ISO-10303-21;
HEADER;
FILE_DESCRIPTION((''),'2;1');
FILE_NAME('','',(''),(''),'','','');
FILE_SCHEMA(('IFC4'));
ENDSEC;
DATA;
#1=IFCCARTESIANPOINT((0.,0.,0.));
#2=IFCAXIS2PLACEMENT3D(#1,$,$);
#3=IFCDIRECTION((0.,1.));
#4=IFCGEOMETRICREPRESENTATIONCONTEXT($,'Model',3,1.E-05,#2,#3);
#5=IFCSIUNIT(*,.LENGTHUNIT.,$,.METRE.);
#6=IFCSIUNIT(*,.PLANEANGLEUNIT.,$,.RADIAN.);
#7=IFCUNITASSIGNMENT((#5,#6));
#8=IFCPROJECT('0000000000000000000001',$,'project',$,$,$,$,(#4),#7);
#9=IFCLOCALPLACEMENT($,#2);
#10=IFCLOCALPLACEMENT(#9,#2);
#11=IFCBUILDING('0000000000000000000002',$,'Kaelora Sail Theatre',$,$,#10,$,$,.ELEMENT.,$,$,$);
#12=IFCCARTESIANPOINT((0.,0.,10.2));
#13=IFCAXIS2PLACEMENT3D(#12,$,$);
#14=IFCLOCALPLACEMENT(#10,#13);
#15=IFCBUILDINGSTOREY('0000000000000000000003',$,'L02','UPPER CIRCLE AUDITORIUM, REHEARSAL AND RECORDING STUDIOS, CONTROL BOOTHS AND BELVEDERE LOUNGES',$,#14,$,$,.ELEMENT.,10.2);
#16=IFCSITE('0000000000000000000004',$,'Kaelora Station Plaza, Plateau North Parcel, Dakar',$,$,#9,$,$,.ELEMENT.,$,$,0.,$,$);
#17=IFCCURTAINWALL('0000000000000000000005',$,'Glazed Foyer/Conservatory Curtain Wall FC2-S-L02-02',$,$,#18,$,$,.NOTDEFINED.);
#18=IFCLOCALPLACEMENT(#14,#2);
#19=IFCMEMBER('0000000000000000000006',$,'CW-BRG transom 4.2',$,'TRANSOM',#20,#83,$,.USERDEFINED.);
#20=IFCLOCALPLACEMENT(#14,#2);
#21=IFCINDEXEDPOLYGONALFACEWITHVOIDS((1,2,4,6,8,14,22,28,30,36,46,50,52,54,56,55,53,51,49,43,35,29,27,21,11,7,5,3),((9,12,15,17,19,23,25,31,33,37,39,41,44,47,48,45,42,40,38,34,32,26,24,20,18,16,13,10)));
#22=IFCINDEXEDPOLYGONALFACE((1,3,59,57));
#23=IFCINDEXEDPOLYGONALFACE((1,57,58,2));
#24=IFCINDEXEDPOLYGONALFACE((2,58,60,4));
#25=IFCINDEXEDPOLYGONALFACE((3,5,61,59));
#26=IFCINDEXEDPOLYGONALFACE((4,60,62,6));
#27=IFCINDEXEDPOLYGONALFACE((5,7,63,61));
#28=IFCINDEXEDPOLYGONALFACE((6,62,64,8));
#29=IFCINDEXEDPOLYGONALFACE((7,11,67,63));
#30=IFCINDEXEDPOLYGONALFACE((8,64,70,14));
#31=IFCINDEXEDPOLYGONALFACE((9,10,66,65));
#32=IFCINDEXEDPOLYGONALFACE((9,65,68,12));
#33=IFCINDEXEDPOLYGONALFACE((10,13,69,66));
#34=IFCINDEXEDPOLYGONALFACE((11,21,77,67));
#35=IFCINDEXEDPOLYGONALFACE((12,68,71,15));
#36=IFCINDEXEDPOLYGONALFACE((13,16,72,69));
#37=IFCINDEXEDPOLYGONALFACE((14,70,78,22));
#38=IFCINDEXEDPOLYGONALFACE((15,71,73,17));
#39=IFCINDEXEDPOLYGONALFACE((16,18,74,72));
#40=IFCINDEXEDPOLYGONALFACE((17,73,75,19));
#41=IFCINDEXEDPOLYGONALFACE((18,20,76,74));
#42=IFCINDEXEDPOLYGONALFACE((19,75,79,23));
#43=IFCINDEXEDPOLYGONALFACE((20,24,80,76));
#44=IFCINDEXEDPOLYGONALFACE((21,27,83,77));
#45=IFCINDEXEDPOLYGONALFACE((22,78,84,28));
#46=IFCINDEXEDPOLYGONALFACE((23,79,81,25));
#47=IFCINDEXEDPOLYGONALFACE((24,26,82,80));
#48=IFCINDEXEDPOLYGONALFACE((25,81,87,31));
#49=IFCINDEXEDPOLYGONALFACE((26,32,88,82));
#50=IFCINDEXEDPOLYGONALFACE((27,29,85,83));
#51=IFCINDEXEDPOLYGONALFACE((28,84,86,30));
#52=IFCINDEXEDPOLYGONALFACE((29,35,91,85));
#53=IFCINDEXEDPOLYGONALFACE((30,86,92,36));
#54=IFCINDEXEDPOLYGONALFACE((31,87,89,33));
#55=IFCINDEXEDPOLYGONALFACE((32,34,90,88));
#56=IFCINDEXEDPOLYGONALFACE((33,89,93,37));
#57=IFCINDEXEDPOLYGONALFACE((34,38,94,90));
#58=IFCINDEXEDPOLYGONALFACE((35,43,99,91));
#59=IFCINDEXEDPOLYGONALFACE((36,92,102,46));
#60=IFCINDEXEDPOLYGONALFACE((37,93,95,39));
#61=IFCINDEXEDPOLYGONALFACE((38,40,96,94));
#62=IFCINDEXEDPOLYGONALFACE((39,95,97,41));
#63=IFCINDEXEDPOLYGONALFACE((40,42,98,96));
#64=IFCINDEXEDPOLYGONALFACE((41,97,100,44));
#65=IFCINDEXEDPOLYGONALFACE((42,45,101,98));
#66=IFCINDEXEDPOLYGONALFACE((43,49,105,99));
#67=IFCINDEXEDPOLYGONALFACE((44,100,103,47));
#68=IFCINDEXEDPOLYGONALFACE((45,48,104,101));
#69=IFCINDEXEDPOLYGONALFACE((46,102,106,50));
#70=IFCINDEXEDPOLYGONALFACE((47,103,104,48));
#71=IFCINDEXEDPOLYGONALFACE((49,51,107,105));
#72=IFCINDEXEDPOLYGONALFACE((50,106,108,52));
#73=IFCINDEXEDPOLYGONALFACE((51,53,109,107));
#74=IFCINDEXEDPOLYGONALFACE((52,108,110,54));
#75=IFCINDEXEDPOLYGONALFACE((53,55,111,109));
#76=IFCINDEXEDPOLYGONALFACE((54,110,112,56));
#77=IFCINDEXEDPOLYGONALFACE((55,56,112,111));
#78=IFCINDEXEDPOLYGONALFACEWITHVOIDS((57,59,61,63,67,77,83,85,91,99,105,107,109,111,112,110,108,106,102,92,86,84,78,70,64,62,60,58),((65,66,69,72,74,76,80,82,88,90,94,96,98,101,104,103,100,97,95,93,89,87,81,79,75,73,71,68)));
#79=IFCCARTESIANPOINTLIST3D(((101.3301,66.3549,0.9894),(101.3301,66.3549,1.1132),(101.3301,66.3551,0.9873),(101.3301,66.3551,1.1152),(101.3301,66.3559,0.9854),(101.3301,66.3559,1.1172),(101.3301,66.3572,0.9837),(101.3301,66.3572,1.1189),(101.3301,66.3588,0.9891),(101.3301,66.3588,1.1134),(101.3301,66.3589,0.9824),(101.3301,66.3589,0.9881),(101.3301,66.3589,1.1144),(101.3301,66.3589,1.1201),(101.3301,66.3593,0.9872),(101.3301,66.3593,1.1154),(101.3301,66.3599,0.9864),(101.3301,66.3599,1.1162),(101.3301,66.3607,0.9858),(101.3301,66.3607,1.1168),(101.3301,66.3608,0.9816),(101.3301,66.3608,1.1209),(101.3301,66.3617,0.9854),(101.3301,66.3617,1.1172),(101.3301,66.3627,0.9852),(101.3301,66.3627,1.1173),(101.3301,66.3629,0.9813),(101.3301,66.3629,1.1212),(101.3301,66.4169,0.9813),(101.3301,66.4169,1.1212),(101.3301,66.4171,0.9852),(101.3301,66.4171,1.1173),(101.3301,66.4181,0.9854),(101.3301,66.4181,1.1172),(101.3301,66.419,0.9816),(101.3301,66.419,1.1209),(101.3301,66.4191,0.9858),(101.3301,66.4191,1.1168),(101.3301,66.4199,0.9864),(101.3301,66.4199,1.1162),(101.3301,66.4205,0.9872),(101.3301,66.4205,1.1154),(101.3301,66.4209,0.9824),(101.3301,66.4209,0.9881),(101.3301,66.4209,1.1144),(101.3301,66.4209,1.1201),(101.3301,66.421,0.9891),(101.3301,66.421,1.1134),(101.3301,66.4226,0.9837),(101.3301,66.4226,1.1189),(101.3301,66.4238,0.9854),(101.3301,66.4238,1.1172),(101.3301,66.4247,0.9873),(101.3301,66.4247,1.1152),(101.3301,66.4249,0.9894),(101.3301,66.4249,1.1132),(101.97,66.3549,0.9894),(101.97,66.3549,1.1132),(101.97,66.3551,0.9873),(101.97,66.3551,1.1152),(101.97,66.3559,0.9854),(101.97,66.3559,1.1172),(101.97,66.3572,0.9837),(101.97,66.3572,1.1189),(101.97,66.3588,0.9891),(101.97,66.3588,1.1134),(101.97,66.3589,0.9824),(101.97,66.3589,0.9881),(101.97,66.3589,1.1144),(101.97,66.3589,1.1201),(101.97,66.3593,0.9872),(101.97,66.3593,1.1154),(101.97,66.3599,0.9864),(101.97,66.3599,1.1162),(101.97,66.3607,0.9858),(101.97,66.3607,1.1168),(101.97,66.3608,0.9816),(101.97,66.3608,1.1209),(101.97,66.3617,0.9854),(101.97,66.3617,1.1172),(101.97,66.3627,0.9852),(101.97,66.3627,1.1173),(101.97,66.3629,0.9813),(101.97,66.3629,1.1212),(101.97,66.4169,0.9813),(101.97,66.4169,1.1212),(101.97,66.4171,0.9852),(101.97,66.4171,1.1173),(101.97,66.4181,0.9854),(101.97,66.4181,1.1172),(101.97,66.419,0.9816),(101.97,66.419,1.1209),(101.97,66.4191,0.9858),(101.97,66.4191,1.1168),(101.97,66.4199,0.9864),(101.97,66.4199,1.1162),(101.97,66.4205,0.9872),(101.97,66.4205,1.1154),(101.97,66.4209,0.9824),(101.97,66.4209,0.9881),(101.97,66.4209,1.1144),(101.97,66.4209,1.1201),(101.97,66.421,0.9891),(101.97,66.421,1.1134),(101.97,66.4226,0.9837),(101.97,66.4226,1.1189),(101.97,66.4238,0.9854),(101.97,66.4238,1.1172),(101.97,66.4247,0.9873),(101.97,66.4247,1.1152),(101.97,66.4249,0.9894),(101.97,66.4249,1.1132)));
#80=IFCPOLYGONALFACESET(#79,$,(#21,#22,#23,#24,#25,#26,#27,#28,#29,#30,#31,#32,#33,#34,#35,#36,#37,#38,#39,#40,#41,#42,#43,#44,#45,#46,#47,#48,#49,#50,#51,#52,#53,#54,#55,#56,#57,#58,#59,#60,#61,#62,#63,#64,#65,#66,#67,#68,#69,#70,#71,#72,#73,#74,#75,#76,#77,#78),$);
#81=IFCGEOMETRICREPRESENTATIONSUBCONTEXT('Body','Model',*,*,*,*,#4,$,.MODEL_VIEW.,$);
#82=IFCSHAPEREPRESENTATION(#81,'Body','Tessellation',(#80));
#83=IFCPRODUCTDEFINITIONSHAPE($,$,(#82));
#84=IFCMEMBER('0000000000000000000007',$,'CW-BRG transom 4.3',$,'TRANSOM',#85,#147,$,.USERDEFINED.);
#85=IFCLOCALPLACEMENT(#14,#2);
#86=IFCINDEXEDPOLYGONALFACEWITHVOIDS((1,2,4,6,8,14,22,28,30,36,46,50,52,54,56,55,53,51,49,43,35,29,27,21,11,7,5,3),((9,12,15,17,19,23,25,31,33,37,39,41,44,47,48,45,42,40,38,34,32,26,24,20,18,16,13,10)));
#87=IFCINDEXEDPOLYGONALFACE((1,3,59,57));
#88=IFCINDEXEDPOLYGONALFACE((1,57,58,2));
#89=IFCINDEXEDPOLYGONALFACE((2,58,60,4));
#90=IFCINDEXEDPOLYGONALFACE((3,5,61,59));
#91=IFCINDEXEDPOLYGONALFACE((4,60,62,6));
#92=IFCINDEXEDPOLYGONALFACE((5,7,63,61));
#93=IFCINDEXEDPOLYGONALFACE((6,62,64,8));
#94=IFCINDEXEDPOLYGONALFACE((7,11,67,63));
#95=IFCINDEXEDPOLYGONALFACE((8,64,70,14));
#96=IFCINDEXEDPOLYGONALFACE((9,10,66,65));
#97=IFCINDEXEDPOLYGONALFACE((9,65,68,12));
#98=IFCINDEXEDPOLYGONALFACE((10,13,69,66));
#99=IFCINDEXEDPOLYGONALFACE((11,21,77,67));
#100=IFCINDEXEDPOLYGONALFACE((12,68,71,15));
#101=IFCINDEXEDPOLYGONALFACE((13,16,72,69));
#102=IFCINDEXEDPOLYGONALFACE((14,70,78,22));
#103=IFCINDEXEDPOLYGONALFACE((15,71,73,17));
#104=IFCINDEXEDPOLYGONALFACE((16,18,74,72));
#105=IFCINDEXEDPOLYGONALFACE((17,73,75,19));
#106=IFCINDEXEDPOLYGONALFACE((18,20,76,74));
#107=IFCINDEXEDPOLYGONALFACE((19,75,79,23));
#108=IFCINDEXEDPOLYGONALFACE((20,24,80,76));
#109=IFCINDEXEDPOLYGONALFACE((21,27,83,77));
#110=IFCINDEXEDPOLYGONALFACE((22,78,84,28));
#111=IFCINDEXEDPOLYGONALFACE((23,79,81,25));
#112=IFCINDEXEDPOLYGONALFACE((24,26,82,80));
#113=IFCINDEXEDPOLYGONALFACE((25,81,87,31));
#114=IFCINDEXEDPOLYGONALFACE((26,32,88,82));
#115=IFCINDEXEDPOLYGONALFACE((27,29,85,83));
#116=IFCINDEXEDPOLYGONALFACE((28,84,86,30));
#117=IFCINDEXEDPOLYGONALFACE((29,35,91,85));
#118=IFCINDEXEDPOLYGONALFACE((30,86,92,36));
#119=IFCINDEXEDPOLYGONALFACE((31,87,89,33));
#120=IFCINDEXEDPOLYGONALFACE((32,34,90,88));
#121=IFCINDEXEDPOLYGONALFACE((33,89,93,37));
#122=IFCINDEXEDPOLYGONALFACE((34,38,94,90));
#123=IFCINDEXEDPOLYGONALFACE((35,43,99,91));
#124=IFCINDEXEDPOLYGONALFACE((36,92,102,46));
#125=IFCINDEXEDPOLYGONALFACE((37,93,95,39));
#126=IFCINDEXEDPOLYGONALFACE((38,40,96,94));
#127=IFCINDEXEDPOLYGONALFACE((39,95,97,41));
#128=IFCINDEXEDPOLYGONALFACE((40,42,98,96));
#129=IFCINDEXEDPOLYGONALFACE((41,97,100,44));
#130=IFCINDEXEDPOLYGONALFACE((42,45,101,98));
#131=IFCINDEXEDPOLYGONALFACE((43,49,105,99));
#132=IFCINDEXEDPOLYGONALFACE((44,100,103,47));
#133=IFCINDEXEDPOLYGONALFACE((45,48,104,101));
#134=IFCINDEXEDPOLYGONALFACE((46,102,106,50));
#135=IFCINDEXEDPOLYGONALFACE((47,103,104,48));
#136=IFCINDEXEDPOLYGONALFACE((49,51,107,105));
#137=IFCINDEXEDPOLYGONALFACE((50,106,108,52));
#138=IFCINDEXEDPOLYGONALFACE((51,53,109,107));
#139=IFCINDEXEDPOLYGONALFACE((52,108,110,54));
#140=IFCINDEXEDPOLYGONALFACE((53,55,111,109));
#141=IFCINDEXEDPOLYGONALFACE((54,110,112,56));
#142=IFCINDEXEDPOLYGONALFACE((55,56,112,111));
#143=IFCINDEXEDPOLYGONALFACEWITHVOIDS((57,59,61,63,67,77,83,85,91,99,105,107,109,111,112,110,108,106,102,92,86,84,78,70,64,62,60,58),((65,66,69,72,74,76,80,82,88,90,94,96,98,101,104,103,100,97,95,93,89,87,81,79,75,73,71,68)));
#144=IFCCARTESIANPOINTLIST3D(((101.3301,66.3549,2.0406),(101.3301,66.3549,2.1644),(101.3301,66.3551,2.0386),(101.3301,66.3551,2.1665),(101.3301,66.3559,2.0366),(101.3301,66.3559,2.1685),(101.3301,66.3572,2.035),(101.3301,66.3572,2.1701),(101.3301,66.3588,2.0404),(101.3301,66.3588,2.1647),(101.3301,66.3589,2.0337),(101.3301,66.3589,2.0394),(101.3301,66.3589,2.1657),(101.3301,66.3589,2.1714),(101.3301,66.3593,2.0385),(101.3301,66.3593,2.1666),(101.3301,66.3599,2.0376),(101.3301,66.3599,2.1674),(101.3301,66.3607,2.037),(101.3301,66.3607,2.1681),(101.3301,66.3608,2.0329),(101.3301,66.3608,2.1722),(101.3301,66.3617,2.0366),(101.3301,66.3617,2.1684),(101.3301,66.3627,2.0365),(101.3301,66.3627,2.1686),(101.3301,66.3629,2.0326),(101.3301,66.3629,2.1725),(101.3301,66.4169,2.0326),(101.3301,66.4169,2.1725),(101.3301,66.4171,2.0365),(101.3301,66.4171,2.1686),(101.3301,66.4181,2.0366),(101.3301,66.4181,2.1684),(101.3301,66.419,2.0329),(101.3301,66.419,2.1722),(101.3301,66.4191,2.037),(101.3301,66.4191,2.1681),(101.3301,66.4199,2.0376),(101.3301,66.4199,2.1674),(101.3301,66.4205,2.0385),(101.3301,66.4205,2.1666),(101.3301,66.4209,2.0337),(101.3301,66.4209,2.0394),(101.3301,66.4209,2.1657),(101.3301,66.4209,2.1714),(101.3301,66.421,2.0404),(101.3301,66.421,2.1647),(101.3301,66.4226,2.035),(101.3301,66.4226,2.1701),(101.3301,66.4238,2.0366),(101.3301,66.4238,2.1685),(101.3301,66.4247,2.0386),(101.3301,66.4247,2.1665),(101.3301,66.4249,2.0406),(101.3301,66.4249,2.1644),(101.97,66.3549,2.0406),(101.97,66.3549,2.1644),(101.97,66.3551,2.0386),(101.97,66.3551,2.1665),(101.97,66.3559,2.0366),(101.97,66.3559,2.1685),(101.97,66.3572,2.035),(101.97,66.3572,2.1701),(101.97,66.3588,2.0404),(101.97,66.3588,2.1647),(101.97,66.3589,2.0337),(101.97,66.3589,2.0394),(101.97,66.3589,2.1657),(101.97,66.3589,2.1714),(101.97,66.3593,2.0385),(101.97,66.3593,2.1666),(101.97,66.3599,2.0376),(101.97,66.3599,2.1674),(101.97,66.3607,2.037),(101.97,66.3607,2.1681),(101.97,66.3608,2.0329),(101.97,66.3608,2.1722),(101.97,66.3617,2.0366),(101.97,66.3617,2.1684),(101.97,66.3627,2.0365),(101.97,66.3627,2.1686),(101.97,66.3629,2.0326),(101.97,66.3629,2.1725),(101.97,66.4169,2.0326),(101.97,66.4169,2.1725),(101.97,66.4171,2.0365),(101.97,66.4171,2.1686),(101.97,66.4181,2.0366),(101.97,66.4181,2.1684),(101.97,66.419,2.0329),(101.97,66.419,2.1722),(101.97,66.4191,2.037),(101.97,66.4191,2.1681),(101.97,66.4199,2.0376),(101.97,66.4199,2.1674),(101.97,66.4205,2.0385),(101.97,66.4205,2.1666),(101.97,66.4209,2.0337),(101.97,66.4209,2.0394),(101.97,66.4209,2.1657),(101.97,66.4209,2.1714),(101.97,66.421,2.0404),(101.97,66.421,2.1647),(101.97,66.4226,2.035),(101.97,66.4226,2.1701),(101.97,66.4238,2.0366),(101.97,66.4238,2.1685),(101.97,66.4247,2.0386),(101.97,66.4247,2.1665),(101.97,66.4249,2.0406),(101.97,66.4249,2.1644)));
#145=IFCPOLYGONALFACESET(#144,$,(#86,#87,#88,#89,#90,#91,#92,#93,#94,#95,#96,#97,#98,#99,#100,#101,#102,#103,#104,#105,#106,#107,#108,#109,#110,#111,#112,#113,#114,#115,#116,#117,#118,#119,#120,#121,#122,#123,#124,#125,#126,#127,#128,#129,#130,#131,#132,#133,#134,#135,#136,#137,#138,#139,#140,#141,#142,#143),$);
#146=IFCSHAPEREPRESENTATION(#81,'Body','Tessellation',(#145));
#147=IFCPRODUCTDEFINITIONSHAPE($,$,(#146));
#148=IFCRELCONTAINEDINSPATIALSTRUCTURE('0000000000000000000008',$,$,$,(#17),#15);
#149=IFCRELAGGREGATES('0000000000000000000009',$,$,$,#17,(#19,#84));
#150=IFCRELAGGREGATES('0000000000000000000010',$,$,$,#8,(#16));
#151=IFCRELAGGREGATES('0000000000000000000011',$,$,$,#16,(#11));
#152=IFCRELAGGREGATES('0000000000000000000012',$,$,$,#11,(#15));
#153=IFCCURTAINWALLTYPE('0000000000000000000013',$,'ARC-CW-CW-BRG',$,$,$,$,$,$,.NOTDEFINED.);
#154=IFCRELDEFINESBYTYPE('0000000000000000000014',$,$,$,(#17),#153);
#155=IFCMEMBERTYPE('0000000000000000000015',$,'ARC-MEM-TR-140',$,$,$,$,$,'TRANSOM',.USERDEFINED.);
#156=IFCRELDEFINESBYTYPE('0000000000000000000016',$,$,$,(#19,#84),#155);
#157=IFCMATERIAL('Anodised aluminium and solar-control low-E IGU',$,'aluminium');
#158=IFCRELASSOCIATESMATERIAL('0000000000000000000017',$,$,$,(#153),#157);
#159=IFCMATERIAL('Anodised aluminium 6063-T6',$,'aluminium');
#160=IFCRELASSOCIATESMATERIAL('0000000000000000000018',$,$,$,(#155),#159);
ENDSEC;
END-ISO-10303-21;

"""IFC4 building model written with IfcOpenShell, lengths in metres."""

from ifc_helpers import new_model, si_unit, direction, frame, origin, origin_2d, place, context, subcontext, project, spatial, hollow_rectangle, extrude, material, material_profile, profile_set, type_object, element, aggregate, save


model = new_model("IFC4")

# Units and contexts
model_context = context("Model", 3, precision=1e-05, world=origin(), true_north=direction((0.0, 1.0)))
body_context = subcontext(model_context, "Body", "Model", "MODEL_VIEW")
ifc_project = project(units=[si_unit("LENGTHUNIT", "METRE"), si_unit("PLANEANGLEUNIT", "RADIAN")], contexts=[model_context])

# Site, building, storey
site_placement = place(None, origin())
site = spatial("IfcSite", under=ifc_project, at=site_placement, Name="Kaelora Station Plaza, Plateau North Parcel, Dakar", CompositionType="ELEMENT", RefElevation=0.0)
building_placement = place(site_placement, origin())
building = spatial("IfcBuilding", under=site, at=building_placement, Name="Kaelora Sail Theatre", CompositionType="ELEMENT")
storey_placement = place(building_placement, frame((0.0, 0.0, 10.2)))
storey = spatial("IfcBuildingStorey", under=building, at=storey_placement, Name="L02", Description="UPPER CIRCLE AUDITORIUM, REHEARSAL AND RECORDING STUDIOS, CONTROL BOOTHS AND BELVEDERE LOUNGES", CompositionType="ELEMENT", Elevation=10.2)

# Curtain wall, members
ifc_material_1 = material(Name="Anodised aluminium and solar-control low-E IGU", Category="aluminium")
curtain_wall_type = type_object("IfcCurtainWallType", Name="ARC-CW-CW-BRG", PredefinedType="NOTDEFINED", material=ifc_material_1)
curtain_wall_placement = place(storey_placement, origin())
curtain_wall = element("IfcCurtainWall", 1, at=curtain_wall_placement, inside=storey, type_object=curtain_wall_type, Name="Glazed Foyer/Conservatory Curtain Wall FC2-S-L02-02", PredefinedType="NOTDEFINED")
ifc_material_2 = material(Name="Anodised aluminium 6063-T6", Category="aluminium")
ifc_material_profile_1 = material_profile(ifc_material_2, hollow_rectangle(XDim=0.0701, YDim=0.1399, WallThickness=0.0039, InnerFilletRadius=0.0039, OuterFilletRadius=0.0081, at=origin_2d()), Name="ALU-TRAN 70x140x4")
ifc_profile_set_1 = profile_set([ifc_material_profile_1], Name="Anodised aluminium 6063-T6")
member_type_1 = type_object("IfcMemberType", Name="ARC-MEM-TR-140", ElementType="TRANSOM", PredefinedType="USERDEFINED", material=ifc_profile_set_1)
member_1_placement = place(storey_placement, frame((101.3301, 66.3899, 1.0513), z_axis=(1.0, 0.0, 0.0), x_axis=(0.0, 1.0, 0.0)))
member_1 = element("IfcMember", 2, at=member_1_placement, type_object=member_type_1, Name="CW-BRG transom 4.2", ObjectType="TRANSOM", PredefinedType="USERDEFINED", context=body_context, shape_type="SweptSolid", body=[
    extrude(hollow_rectangle(XDim=0.0701, YDim=0.1399, WallThickness=0.0039, InnerFilletRadius=0.0039, OuterFilletRadius=0.0081, at=origin_2d()), origin(), (0.0, 0.0, 1.0), 0.6399),
])
member_2_placement = place(storey_placement, frame((101.3301, 66.3899, 2.1025), z_axis=(1.0, 0.0, 0.0), x_axis=(0.0, 1.0, 0.0)))
member_2 = element("IfcMember", 3, at=member_2_placement, type_object=member_type_1, Name="CW-BRG transom 4.3", ObjectType="TRANSOM", PredefinedType="USERDEFINED", context=body_context, shape_type="SweptSolid", body=[
    extrude(hollow_rectangle(XDim=0.0701, YDim=0.1399, WallThickness=0.0039, InnerFilletRadius=0.0039, OuterFilletRadius=0.0081, at=origin_2d()), origin(), (0.0, 0.0, 1.0), 0.6399),
])
aggregate(curtain_wall, [member_1, member_2])

save(model, "model.ifc")
